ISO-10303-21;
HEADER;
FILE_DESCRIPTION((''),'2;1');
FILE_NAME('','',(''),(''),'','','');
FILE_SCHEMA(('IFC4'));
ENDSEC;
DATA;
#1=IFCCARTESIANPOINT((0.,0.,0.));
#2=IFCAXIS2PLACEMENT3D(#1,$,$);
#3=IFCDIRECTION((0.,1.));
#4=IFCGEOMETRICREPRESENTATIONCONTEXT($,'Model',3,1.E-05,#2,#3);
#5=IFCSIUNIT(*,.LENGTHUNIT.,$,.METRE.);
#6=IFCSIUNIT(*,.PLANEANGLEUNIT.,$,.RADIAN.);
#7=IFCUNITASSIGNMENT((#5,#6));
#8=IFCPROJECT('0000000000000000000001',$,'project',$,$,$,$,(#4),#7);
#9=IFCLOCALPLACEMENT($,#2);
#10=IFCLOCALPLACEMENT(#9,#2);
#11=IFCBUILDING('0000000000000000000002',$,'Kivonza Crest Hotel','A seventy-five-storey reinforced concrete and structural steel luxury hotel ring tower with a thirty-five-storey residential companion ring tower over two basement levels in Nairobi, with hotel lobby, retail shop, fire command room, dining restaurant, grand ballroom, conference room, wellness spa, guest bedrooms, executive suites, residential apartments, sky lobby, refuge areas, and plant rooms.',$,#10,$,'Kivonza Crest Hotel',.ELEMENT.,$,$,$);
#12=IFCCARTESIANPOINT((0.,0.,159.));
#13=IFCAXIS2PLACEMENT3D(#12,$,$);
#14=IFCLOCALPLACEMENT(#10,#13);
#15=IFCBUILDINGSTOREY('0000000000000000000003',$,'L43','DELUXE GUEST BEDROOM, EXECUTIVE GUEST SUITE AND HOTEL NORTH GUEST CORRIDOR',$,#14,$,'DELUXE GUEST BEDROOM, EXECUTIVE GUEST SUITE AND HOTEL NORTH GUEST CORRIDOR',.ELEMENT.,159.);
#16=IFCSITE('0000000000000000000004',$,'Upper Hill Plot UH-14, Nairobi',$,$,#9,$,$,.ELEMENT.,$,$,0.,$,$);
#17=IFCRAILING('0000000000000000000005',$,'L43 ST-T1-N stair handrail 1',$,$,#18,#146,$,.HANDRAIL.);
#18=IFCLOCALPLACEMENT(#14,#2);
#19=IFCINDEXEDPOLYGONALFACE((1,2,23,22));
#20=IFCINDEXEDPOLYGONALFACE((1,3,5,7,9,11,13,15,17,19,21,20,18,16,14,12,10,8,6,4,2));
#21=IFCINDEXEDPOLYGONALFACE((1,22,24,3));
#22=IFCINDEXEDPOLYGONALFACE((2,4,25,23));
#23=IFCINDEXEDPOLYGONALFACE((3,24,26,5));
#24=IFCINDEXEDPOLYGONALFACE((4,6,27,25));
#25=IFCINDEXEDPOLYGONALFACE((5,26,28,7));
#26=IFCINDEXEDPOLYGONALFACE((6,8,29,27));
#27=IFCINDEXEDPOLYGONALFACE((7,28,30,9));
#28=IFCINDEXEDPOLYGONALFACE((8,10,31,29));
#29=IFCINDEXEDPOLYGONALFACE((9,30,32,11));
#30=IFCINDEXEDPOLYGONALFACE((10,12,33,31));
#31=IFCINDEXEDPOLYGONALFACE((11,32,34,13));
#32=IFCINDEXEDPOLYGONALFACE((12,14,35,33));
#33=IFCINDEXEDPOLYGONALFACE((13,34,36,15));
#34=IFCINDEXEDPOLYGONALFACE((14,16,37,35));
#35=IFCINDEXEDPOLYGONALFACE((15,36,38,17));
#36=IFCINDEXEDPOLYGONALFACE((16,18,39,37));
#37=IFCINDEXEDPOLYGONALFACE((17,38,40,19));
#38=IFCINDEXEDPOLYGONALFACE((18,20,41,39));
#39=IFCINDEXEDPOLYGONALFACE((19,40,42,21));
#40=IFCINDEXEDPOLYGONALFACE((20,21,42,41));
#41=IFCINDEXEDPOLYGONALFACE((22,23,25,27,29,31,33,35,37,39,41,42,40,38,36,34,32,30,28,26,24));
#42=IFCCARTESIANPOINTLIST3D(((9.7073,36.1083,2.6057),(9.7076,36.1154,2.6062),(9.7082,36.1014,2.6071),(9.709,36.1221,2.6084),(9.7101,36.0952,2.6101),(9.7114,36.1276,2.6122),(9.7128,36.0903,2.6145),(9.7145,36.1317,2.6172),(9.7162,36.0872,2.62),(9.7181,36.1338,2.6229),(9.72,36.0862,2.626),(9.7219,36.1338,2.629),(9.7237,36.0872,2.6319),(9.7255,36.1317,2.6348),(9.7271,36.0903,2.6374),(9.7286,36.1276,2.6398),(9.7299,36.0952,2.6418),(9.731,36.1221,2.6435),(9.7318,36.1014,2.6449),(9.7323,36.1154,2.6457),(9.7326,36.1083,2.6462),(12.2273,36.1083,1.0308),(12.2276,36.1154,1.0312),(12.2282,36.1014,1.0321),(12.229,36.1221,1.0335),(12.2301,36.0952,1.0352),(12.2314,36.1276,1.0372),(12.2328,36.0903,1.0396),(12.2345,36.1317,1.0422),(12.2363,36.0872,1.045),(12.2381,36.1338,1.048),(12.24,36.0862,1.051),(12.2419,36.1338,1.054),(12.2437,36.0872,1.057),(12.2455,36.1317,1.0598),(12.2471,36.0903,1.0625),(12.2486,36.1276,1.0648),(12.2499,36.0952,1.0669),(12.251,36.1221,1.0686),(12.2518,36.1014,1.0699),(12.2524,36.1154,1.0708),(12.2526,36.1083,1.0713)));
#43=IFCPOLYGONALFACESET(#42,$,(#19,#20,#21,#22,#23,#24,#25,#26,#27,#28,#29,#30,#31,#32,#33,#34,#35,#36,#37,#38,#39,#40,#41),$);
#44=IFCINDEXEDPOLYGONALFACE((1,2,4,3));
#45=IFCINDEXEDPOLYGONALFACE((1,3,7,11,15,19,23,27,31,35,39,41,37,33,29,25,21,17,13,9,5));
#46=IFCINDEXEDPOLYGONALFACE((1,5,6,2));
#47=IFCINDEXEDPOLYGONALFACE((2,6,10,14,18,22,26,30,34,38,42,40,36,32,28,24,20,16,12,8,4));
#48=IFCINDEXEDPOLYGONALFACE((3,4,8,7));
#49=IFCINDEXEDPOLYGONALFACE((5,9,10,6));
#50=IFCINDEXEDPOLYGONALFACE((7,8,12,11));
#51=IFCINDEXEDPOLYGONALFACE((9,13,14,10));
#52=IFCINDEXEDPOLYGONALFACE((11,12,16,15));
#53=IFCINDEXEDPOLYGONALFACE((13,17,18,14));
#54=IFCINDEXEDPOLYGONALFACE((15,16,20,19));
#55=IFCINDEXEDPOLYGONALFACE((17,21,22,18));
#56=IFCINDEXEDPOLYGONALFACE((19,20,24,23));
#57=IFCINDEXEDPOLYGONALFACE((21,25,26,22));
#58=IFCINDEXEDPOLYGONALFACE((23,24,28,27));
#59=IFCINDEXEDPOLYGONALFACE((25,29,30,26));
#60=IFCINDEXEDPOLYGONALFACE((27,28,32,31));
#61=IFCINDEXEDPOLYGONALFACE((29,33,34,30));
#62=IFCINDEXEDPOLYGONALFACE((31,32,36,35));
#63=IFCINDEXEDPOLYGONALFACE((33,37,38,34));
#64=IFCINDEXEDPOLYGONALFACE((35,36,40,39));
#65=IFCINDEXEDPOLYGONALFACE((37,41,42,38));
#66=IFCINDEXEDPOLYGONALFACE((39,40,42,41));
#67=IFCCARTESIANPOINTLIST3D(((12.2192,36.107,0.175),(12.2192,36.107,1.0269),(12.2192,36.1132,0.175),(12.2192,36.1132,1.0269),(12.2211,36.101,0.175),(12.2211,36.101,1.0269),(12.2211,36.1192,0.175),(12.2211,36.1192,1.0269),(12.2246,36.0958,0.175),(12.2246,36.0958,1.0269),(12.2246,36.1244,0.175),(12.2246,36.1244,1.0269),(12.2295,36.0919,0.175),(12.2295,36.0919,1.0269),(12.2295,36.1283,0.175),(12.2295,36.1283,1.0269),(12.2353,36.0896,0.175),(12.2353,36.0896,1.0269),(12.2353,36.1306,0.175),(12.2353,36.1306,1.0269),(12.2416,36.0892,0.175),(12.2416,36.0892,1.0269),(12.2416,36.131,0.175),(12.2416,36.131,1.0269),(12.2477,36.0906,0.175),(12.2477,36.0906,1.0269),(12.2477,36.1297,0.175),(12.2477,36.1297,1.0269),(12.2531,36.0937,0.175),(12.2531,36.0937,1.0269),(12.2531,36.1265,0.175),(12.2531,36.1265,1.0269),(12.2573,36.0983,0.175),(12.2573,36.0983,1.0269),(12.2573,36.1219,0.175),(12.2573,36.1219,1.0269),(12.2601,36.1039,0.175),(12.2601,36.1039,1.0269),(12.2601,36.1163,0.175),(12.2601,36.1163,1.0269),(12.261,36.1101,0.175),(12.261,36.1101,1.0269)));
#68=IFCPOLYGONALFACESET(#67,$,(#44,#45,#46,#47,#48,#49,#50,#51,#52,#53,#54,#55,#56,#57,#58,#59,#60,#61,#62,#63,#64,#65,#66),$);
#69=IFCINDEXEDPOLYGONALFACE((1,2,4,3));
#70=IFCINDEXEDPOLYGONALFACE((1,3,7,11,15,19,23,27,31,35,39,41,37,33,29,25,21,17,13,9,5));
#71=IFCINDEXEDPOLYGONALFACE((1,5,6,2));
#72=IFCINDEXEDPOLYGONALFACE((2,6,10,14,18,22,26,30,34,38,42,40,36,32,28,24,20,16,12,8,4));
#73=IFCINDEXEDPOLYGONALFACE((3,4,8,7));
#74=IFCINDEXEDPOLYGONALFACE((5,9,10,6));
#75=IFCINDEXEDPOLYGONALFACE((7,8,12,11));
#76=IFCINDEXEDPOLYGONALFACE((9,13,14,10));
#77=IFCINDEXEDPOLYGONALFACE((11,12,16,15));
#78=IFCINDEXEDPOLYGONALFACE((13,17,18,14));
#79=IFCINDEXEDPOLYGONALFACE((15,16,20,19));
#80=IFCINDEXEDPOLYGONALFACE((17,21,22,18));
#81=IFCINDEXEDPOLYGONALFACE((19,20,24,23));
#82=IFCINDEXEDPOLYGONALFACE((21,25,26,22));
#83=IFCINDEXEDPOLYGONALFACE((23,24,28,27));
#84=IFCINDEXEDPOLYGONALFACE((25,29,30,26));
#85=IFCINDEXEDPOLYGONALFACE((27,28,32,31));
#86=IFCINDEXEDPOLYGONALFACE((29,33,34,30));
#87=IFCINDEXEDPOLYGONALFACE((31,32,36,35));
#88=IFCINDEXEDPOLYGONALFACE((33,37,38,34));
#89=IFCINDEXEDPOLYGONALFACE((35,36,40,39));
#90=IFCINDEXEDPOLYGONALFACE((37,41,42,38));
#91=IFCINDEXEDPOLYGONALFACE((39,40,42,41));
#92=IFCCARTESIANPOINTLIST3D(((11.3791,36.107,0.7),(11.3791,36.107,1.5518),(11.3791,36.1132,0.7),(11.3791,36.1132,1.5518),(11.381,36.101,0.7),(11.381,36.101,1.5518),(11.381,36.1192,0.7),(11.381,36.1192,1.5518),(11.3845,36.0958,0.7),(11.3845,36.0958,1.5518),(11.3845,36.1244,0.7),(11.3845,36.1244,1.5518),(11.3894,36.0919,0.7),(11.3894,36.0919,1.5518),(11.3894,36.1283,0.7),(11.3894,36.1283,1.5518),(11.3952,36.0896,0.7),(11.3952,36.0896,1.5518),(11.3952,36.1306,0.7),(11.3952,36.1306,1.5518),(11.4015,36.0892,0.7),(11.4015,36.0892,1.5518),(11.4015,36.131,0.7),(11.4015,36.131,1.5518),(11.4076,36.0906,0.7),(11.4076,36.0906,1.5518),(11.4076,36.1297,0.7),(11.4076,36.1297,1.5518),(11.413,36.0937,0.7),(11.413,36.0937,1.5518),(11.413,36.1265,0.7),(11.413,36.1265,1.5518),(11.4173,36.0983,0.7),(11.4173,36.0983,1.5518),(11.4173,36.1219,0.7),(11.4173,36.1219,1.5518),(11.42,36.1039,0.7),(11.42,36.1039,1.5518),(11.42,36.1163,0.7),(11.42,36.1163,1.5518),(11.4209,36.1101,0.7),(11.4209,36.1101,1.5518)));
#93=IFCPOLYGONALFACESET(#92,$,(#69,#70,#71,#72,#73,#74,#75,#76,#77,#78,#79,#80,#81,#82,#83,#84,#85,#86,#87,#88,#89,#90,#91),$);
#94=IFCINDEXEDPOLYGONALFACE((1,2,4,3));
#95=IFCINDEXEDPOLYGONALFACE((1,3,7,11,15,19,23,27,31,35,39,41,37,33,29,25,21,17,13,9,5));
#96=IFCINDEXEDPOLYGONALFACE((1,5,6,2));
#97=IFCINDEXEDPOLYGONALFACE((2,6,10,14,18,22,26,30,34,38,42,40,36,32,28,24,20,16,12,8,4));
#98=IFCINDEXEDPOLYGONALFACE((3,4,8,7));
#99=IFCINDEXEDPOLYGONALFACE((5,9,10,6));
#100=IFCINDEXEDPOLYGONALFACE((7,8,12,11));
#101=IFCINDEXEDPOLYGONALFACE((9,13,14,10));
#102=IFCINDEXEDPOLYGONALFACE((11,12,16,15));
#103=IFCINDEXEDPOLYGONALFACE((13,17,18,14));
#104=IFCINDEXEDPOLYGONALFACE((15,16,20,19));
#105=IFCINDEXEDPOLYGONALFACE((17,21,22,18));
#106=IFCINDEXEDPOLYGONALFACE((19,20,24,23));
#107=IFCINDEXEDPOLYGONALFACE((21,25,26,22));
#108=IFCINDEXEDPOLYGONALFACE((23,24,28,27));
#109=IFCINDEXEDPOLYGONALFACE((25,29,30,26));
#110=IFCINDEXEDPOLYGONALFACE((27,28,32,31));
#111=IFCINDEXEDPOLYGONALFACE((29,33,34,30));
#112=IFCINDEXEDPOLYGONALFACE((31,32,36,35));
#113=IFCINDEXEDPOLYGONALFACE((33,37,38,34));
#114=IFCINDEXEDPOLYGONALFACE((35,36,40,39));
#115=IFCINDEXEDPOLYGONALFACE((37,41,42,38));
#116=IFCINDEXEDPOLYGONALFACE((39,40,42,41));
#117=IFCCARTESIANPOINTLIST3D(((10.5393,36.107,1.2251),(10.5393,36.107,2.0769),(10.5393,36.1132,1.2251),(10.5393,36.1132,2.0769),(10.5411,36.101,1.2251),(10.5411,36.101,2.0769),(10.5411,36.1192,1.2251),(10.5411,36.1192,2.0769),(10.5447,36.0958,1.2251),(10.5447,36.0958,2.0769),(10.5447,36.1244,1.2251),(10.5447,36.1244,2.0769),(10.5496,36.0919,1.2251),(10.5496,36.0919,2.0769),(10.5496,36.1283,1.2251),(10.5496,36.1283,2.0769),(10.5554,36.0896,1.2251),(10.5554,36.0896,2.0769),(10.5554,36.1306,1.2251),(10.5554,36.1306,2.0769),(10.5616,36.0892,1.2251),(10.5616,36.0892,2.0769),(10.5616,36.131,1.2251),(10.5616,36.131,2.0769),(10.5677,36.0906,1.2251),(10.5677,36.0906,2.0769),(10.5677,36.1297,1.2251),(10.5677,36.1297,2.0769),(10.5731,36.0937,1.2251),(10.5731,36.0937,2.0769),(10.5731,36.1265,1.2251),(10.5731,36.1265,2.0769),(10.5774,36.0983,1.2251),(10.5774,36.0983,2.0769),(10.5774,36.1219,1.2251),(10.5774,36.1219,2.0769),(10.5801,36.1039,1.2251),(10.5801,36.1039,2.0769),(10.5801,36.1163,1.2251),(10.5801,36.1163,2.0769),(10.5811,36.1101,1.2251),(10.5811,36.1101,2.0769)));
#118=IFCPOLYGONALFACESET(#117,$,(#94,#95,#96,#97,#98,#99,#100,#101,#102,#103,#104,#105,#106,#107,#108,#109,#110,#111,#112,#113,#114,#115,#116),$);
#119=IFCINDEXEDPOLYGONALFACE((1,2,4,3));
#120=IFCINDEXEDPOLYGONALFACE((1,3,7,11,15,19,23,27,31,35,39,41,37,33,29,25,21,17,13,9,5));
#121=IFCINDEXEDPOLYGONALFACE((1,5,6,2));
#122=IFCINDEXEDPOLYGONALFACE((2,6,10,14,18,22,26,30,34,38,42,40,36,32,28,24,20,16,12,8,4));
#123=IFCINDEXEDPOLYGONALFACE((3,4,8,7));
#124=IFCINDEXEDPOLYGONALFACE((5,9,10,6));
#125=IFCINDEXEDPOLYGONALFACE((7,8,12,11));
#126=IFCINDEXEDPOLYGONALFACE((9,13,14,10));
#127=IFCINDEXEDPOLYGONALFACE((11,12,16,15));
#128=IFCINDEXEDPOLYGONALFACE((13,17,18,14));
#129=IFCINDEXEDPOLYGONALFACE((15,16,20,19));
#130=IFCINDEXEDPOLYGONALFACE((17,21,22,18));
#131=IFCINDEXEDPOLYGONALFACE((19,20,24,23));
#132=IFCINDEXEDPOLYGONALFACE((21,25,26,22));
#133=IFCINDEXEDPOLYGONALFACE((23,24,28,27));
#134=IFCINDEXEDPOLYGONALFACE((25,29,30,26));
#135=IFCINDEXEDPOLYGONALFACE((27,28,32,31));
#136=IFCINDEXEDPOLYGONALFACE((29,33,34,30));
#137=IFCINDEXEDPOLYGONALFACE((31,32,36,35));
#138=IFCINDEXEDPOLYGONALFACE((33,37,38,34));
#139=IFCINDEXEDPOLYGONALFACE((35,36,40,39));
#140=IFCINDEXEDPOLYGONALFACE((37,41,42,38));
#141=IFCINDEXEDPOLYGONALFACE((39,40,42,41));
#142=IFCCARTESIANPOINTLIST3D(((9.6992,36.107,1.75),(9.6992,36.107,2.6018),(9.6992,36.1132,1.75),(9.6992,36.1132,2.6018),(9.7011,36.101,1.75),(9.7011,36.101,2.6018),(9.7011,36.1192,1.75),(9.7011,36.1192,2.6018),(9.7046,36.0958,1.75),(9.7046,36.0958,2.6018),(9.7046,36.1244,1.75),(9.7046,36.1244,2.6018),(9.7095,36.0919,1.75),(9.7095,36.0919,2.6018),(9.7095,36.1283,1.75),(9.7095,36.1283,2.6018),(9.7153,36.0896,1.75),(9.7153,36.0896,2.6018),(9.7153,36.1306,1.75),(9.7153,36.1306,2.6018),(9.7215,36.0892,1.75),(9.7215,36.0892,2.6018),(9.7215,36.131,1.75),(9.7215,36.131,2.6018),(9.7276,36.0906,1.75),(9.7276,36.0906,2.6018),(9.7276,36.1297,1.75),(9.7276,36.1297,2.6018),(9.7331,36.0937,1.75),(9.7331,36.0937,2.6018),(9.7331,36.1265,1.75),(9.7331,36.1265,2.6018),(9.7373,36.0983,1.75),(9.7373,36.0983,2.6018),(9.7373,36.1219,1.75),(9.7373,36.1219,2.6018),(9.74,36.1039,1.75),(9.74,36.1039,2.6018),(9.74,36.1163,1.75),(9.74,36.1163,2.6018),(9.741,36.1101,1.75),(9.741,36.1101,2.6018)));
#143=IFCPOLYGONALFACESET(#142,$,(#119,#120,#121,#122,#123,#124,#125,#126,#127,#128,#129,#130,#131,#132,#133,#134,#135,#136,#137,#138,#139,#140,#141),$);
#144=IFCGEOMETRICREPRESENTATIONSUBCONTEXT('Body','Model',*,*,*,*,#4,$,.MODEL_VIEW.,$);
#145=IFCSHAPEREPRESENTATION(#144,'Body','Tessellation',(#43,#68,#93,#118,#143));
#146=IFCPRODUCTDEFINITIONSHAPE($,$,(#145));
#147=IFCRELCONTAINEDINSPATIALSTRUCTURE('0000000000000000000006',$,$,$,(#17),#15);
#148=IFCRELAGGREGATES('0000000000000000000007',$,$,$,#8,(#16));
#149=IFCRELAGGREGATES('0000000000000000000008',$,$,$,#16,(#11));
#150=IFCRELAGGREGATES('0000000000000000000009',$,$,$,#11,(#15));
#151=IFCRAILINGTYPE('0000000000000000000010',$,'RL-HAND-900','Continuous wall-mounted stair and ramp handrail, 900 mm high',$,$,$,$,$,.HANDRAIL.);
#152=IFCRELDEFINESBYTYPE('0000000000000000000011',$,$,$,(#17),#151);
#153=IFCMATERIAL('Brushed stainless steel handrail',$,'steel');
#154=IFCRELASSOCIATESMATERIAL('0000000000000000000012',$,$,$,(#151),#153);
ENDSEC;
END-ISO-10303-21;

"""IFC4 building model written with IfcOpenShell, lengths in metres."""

from ifc_helpers import new_model, si_unit, direction, frame, origin, origin_2d, place, context, subcontext, project, spatial, circle, extrude, material, type_object, element, save


model = new_model("IFC4")

# Units and contexts
model_context = context("Model", 3, precision=1e-05, world=origin(), true_north=direction((0.0, 1.0)))
body_context = subcontext(model_context, "Body", "Model", "MODEL_VIEW")
ifc_project = project(units=[si_unit("LENGTHUNIT", "METRE"), si_unit("PLANEANGLEUNIT", "RADIAN")], contexts=[model_context])

# Site, building, storey
site_placement = place(None, origin())
site = spatial("IfcSite", under=ifc_project, at=site_placement, Name="Upper Hill Plot UH-14, Nairobi", CompositionType="ELEMENT", RefElevation=0.0)
building_placement = place(site_placement, origin())
building = spatial("IfcBuilding", under=site, at=building_placement, Name="Kivonza Crest Hotel", Description="A seventy-five-storey reinforced concrete and structural steel luxury hotel ring tower with a thirty-five-storey residential companion ring tower over two basement levels in Nairobi, with hotel lobby, retail shop, fire command room, dining restaurant, grand ballroom, conference room, wellness spa, guest bedrooms, executive suites, residential apartments, sky lobby, refuge areas, and plant rooms.", LongName="Kivonza Crest Hotel", CompositionType="ELEMENT")
storey_placement = place(building_placement, frame((0.0, 0.0, 159.0)))
storey = spatial("IfcBuildingStorey", under=building, at=storey_placement, Name="L43", Description="DELUXE GUEST BEDROOM, EXECUTIVE GUEST SUITE AND HOTEL NORTH GUEST CORRIDOR", LongName="DELUXE GUEST BEDROOM, EXECUTIVE GUEST SUITE AND HOTEL NORTH GUEST CORRIDOR", CompositionType="ELEMENT", Elevation=159.0)

# Railing
ifc_material_1 = material(Name="Brushed stainless steel handrail", Category="steel")
railing_type_1 = type_object("IfcRailingType", Name="RL-HAND-900", Description="Continuous wall-mounted stair and ramp handrail, 900 mm high", PredefinedType="HANDRAIL", material=ifc_material_1)
railing_1_placement = place(storey_placement, frame((12.24, 36.1101, 0.175)))
element("IfcRailing", 1, at=railing_1_placement, inside=storey, type_object=railing_type_1, Name="L43 ST-T1-N stair handrail 1", PredefinedType="HANDRAIL", context=body_context, shape_type="SweptSolid", body=[
    extrude(circle(Radius=0.0239, at=origin_2d()), frame((0.0, 0.0, 0.876), z_axis=(-0.848008, 0.0, 0.529984), x_axis=(0.0, -1.0, 0.0)), (0.0, 0.0, 1.0), 2.9717),
    extrude(circle(Radius=0.021, at=origin_2d()), origin(), (0.0, 0.0, 1.0), 0.8518),
    extrude(circle(Radius=0.021, at=origin_2d()), frame((-0.8401, 0.0, 0.5249)), (0.0, 0.0, 1.0), 0.8518),
    extrude(circle(Radius=0.021, at=origin_2d()), frame((-1.6799, 0.0, 1.05)), (0.0, 0.0, 1.0), 0.8518),
    extrude(circle(Radius=0.021, at=origin_2d()), frame((-2.52, 0.0, 1.575)), (0.0, 0.0, 1.0), 0.8518),
])

save(model, "model.ifc")
